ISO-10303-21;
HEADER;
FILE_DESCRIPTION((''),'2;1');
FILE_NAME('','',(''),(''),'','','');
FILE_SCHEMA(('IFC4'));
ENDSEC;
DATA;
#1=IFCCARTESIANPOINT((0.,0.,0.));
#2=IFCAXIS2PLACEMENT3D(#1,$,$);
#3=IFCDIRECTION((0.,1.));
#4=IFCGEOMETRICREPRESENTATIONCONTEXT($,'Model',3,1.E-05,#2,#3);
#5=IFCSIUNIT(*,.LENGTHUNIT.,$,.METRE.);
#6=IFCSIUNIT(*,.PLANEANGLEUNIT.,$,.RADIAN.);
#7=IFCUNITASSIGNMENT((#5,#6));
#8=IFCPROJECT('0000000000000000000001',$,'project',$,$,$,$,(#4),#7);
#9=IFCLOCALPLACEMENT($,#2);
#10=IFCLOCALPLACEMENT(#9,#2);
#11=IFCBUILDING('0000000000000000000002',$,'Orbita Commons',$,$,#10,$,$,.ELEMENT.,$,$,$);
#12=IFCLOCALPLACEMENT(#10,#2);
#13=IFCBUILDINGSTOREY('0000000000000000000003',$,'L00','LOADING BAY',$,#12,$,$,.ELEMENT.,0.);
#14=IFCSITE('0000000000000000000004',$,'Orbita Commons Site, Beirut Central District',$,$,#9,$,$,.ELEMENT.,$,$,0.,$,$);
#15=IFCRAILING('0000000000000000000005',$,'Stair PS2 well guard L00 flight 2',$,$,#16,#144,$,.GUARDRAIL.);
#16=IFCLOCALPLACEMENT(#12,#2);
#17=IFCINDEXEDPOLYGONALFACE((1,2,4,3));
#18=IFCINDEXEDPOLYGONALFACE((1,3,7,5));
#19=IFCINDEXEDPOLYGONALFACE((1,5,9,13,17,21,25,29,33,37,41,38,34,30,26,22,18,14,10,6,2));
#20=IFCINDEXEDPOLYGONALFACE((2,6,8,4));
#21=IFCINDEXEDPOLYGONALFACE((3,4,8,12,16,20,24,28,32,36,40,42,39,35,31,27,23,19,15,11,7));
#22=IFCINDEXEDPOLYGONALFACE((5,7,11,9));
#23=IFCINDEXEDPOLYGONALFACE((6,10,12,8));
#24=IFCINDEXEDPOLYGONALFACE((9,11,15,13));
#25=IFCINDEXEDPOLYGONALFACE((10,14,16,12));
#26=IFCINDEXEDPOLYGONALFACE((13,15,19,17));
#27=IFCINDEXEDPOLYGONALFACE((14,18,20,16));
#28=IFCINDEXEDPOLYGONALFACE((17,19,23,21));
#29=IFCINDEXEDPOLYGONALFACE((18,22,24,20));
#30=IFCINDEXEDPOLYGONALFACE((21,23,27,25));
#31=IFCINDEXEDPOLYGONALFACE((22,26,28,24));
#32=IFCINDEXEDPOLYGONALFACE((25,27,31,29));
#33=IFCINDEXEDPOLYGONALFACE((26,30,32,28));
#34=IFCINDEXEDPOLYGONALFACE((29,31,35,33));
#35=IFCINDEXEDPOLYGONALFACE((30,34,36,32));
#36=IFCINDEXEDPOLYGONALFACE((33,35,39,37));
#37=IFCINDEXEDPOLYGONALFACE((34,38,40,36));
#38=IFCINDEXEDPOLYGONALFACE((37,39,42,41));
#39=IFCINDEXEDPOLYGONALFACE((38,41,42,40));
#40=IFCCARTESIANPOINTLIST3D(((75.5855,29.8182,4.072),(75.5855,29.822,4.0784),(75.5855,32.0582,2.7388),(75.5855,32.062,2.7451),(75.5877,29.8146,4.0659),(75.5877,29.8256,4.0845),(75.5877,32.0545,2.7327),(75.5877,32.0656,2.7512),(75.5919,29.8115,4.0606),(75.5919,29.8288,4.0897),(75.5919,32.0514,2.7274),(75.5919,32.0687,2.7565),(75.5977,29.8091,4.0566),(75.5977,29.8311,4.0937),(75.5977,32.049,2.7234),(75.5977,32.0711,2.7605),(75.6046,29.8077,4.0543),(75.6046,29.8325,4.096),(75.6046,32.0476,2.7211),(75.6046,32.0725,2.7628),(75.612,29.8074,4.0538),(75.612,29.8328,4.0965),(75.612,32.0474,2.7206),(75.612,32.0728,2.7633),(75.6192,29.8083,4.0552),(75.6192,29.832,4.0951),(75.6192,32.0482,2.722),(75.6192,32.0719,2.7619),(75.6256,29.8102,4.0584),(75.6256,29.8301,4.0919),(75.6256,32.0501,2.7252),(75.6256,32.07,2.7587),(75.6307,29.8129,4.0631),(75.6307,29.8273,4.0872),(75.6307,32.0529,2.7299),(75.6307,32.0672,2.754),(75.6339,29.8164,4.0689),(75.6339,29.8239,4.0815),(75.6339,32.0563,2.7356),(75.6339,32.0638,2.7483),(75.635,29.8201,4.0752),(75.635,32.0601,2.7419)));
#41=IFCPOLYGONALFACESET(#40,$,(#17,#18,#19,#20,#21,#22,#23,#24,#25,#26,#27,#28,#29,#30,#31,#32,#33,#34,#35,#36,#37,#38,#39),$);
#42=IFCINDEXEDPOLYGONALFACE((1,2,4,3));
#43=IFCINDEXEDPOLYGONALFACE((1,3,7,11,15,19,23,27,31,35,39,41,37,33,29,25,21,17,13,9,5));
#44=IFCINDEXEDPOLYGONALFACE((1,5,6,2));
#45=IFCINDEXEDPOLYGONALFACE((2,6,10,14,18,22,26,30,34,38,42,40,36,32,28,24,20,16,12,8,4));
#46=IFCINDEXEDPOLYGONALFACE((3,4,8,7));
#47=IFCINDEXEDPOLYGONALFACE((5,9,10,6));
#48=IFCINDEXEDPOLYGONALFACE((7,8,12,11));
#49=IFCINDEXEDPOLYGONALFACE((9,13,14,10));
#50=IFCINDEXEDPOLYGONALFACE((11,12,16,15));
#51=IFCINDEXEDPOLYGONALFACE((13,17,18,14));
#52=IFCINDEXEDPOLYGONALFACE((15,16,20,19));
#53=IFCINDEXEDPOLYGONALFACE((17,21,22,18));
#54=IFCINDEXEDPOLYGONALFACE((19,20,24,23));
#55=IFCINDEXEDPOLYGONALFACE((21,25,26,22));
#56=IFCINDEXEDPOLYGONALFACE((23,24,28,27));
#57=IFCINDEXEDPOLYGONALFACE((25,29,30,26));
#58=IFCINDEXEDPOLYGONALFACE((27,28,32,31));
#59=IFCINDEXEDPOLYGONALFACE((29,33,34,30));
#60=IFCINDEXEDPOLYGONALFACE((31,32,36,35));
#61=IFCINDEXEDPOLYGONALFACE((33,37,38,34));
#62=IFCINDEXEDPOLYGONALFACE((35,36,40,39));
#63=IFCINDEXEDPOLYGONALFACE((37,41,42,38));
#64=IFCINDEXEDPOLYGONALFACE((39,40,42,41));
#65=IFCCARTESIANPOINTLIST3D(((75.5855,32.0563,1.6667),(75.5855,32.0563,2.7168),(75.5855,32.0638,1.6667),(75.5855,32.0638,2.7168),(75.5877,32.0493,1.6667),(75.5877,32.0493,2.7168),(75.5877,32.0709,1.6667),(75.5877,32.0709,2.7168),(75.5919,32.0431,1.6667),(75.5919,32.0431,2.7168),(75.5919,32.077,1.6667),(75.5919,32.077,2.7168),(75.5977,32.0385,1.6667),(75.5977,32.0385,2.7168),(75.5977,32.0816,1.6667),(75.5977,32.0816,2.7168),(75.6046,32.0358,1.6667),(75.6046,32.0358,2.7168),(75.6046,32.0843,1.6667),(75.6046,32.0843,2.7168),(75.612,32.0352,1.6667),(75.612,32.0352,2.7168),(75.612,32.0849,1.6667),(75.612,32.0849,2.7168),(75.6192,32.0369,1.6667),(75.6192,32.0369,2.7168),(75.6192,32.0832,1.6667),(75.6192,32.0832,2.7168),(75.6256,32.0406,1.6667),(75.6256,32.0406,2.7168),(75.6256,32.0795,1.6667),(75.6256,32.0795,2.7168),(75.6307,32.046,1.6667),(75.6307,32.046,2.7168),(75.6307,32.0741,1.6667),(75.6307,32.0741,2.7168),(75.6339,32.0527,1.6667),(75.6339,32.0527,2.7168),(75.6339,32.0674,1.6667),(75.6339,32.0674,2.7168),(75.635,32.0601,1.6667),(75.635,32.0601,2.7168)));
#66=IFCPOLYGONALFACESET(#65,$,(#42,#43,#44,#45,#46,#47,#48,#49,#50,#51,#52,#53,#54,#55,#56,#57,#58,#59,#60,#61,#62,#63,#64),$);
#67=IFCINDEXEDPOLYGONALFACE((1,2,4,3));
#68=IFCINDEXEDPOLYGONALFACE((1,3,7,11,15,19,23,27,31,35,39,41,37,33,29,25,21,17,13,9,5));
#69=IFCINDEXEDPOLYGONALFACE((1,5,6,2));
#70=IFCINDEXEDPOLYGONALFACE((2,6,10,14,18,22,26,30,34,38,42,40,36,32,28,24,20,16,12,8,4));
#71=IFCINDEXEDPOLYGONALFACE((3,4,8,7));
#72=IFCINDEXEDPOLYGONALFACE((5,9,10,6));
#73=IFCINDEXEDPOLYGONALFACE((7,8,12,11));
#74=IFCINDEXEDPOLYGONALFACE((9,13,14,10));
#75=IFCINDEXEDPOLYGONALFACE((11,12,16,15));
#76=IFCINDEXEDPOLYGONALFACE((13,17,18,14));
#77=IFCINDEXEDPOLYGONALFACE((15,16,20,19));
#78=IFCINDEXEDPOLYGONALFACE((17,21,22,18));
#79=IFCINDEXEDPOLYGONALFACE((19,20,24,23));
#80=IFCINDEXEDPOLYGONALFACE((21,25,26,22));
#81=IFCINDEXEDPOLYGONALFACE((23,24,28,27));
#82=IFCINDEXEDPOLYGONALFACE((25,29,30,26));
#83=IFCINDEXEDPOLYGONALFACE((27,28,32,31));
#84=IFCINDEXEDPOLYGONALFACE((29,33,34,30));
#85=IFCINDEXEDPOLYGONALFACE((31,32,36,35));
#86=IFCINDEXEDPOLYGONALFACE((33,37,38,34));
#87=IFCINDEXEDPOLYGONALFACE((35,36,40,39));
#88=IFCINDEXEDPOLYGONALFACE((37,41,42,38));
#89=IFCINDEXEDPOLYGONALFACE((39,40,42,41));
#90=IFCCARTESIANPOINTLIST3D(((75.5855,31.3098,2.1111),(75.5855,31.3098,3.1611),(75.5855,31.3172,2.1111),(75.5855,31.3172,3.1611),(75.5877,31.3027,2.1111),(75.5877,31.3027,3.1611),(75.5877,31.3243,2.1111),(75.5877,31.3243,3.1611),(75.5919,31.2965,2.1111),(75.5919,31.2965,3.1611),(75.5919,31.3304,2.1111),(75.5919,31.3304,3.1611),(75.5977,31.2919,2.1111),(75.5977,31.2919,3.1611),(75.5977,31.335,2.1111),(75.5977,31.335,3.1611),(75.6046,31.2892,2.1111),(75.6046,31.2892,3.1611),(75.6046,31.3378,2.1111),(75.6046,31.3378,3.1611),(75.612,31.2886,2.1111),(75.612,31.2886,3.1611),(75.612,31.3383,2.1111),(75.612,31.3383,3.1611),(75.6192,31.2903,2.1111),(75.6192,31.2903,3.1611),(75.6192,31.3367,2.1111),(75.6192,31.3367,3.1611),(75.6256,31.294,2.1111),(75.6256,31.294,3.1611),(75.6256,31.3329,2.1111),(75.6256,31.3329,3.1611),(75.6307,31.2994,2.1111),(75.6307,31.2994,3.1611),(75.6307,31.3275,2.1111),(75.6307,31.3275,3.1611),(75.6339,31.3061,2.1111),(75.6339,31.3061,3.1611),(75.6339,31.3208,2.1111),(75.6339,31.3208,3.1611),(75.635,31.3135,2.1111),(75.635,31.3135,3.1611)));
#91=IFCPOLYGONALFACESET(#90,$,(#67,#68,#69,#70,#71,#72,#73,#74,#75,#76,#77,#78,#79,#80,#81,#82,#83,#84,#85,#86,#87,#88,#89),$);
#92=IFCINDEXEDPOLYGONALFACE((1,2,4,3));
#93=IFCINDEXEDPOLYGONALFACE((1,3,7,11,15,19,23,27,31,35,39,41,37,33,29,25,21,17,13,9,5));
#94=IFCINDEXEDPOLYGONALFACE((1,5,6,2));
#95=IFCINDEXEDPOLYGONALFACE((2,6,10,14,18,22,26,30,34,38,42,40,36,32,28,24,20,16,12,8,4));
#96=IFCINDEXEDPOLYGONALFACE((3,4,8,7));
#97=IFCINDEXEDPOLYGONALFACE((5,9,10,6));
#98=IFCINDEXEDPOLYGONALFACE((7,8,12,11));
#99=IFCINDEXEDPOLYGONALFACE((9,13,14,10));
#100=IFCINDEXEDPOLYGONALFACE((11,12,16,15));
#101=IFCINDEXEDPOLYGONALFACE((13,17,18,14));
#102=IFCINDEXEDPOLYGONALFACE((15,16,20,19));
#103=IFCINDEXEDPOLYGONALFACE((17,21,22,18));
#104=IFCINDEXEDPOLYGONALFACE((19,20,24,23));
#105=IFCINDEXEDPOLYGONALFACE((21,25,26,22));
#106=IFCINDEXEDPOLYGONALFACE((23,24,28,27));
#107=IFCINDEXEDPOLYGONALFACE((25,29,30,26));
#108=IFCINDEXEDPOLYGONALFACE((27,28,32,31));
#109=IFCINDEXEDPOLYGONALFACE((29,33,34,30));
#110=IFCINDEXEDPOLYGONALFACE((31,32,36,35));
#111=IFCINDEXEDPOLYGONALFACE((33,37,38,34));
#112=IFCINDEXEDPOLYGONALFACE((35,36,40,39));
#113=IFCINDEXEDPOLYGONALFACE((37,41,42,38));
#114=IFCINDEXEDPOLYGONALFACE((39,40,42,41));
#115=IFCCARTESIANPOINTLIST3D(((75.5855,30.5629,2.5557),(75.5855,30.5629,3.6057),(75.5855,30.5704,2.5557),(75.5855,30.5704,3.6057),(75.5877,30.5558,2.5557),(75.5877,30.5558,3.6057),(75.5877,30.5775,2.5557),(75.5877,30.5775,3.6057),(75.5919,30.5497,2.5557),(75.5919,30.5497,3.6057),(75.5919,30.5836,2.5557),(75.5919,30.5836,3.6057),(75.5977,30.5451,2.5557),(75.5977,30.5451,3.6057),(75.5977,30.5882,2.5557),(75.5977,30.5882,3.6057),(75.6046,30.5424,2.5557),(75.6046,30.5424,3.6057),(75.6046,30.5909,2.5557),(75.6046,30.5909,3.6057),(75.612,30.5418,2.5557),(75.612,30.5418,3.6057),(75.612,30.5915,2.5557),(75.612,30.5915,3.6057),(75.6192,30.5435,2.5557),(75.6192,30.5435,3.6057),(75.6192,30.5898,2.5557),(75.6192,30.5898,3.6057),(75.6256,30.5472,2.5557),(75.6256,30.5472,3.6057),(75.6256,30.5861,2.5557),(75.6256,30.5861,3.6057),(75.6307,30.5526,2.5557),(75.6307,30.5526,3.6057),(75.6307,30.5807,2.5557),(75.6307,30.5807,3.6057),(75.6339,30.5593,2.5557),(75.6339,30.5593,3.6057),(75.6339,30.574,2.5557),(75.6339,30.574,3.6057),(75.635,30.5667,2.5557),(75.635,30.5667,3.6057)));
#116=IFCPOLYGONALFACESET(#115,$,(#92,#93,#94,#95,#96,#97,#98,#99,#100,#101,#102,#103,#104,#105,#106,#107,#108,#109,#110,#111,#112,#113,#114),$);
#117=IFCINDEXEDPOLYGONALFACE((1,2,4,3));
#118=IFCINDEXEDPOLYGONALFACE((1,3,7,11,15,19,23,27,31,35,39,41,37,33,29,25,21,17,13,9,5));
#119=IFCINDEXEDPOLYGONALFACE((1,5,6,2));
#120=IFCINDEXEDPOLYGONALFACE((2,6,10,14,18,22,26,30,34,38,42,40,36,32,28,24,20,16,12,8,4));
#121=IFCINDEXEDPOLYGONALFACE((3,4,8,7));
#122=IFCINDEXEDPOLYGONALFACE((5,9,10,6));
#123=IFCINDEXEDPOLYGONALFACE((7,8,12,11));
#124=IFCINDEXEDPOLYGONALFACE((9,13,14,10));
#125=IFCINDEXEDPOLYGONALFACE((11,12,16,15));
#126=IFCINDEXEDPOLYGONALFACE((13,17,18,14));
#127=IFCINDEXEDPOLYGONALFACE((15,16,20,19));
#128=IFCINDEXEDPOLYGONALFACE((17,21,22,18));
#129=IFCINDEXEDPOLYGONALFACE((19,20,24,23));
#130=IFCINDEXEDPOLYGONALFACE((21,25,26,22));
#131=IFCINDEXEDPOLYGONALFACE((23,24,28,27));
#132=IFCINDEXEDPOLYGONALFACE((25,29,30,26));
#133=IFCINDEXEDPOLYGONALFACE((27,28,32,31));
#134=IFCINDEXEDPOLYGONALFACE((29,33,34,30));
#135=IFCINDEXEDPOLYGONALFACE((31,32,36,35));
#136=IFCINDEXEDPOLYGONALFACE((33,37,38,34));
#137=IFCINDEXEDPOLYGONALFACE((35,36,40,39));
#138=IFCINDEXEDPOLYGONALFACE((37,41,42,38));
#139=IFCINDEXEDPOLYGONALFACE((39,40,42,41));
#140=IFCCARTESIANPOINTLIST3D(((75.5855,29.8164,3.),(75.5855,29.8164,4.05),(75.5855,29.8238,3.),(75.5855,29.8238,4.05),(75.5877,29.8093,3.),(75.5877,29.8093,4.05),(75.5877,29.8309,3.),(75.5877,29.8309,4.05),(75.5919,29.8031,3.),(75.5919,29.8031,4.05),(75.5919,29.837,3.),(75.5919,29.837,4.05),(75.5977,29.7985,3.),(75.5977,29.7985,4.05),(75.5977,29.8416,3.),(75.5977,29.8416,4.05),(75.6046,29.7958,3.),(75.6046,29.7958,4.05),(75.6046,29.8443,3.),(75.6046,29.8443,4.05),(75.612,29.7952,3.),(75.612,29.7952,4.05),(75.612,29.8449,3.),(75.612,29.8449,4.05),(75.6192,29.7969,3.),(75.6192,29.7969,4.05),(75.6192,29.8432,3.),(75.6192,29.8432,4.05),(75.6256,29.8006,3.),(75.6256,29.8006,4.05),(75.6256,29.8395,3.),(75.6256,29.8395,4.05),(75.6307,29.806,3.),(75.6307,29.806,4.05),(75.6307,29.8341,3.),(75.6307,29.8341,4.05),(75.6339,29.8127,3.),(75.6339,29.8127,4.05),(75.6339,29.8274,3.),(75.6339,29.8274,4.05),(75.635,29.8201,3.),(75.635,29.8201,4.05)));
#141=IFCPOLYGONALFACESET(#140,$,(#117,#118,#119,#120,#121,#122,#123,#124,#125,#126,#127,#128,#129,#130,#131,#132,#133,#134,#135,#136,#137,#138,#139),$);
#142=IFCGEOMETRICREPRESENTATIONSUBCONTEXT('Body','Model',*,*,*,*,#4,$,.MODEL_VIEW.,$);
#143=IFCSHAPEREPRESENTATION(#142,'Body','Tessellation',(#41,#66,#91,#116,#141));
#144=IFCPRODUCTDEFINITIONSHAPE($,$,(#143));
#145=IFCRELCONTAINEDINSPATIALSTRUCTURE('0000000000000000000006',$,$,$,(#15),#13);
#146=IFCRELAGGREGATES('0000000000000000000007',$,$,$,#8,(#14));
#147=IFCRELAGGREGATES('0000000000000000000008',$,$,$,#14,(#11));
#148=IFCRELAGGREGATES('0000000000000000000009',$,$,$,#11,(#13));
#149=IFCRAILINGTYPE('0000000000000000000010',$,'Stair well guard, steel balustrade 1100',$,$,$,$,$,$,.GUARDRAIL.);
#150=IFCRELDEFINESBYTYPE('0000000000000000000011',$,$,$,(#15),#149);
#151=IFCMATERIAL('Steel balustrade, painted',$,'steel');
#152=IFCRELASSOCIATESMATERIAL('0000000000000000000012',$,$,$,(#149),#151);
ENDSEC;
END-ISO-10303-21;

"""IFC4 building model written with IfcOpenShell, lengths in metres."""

from ifc_helpers import new_model, si_unit, direction, frame, origin, origin_2d, place, context, subcontext, project, spatial, circle, extrude, material, type_object, element, save


model = new_model("IFC4")

# Units and contexts
model_context = context("Model", 3, precision=1e-05, world=origin(), true_north=direction((0.0, 1.0)))
body_context = subcontext(model_context, "Body", "Model", "MODEL_VIEW")
ifc_project = project(units=[si_unit("LENGTHUNIT", "METRE"), si_unit("PLANEANGLEUNIT", "RADIAN")], contexts=[model_context])

# Site, building, storey
site_placement = place(None, origin())
site = spatial("IfcSite", under=ifc_project, at=site_placement, Name="Orbita Commons Site, Beirut Central District", CompositionType="ELEMENT", RefElevation=0.0)
building_placement = place(site_placement, origin())
building = spatial("IfcBuilding", under=site, at=building_placement, Name="Orbita Commons", CompositionType="ELEMENT")
storey_placement = place(building_placement, origin())
storey = spatial("IfcBuildingStorey", under=building, at=storey_placement, Name="L00", Description="LOADING BAY", CompositionType="ELEMENT", Elevation=0.0)

# Railing
ifc_material_1 = material(Name="Steel balustrade, painted", Category="steel")
railing_type_1 = type_object("IfcRailingType", Name="Stair well guard, steel balustrade 1100", PredefinedType="GUARDRAIL", material=ifc_material_1)
railing_1_placement = place(storey_placement, frame((75.6101, 32.0601, 1.6667)))
element("IfcRailing", 1, at=railing_1_placement, inside=storey, type_object=railing_type_1, Name="Stair PS2 well guard L00 flight 2", PredefinedType="GUARDRAIL", context=body_context, shape_type="SweptSolid", body=[
    extrude(circle(Radius=0.0249, at=origin_2d()), frame((0.0, 0.0, 1.0752), z_axis=(0.0, -0.859306, 0.511462), x_axis=(1.0, 0.0, 0.0)), (0.0, 0.0, 1.0), 2.6067),
    extrude(circle(Radius=0.0249, at=origin_2d()), origin(), (0.0, 0.0, 1.0), 1.05),
    extrude(circle(Radius=0.0249, at=origin_2d()), frame((0.0, -0.7466, 0.4443)), (0.0, 0.0, 1.0), 1.05),
    extrude(circle(Radius=0.0249, at=origin_2d()), frame((0.0, -1.4934, 0.8889)), (0.0, 0.0, 1.0), 1.05),
    extrude(circle(Radius=0.0249, at=origin_2d()), frame((0.0, -2.24, 1.3333)), (0.0, 0.0, 1.0), 1.05),
])

save(model, "model.ifc")
